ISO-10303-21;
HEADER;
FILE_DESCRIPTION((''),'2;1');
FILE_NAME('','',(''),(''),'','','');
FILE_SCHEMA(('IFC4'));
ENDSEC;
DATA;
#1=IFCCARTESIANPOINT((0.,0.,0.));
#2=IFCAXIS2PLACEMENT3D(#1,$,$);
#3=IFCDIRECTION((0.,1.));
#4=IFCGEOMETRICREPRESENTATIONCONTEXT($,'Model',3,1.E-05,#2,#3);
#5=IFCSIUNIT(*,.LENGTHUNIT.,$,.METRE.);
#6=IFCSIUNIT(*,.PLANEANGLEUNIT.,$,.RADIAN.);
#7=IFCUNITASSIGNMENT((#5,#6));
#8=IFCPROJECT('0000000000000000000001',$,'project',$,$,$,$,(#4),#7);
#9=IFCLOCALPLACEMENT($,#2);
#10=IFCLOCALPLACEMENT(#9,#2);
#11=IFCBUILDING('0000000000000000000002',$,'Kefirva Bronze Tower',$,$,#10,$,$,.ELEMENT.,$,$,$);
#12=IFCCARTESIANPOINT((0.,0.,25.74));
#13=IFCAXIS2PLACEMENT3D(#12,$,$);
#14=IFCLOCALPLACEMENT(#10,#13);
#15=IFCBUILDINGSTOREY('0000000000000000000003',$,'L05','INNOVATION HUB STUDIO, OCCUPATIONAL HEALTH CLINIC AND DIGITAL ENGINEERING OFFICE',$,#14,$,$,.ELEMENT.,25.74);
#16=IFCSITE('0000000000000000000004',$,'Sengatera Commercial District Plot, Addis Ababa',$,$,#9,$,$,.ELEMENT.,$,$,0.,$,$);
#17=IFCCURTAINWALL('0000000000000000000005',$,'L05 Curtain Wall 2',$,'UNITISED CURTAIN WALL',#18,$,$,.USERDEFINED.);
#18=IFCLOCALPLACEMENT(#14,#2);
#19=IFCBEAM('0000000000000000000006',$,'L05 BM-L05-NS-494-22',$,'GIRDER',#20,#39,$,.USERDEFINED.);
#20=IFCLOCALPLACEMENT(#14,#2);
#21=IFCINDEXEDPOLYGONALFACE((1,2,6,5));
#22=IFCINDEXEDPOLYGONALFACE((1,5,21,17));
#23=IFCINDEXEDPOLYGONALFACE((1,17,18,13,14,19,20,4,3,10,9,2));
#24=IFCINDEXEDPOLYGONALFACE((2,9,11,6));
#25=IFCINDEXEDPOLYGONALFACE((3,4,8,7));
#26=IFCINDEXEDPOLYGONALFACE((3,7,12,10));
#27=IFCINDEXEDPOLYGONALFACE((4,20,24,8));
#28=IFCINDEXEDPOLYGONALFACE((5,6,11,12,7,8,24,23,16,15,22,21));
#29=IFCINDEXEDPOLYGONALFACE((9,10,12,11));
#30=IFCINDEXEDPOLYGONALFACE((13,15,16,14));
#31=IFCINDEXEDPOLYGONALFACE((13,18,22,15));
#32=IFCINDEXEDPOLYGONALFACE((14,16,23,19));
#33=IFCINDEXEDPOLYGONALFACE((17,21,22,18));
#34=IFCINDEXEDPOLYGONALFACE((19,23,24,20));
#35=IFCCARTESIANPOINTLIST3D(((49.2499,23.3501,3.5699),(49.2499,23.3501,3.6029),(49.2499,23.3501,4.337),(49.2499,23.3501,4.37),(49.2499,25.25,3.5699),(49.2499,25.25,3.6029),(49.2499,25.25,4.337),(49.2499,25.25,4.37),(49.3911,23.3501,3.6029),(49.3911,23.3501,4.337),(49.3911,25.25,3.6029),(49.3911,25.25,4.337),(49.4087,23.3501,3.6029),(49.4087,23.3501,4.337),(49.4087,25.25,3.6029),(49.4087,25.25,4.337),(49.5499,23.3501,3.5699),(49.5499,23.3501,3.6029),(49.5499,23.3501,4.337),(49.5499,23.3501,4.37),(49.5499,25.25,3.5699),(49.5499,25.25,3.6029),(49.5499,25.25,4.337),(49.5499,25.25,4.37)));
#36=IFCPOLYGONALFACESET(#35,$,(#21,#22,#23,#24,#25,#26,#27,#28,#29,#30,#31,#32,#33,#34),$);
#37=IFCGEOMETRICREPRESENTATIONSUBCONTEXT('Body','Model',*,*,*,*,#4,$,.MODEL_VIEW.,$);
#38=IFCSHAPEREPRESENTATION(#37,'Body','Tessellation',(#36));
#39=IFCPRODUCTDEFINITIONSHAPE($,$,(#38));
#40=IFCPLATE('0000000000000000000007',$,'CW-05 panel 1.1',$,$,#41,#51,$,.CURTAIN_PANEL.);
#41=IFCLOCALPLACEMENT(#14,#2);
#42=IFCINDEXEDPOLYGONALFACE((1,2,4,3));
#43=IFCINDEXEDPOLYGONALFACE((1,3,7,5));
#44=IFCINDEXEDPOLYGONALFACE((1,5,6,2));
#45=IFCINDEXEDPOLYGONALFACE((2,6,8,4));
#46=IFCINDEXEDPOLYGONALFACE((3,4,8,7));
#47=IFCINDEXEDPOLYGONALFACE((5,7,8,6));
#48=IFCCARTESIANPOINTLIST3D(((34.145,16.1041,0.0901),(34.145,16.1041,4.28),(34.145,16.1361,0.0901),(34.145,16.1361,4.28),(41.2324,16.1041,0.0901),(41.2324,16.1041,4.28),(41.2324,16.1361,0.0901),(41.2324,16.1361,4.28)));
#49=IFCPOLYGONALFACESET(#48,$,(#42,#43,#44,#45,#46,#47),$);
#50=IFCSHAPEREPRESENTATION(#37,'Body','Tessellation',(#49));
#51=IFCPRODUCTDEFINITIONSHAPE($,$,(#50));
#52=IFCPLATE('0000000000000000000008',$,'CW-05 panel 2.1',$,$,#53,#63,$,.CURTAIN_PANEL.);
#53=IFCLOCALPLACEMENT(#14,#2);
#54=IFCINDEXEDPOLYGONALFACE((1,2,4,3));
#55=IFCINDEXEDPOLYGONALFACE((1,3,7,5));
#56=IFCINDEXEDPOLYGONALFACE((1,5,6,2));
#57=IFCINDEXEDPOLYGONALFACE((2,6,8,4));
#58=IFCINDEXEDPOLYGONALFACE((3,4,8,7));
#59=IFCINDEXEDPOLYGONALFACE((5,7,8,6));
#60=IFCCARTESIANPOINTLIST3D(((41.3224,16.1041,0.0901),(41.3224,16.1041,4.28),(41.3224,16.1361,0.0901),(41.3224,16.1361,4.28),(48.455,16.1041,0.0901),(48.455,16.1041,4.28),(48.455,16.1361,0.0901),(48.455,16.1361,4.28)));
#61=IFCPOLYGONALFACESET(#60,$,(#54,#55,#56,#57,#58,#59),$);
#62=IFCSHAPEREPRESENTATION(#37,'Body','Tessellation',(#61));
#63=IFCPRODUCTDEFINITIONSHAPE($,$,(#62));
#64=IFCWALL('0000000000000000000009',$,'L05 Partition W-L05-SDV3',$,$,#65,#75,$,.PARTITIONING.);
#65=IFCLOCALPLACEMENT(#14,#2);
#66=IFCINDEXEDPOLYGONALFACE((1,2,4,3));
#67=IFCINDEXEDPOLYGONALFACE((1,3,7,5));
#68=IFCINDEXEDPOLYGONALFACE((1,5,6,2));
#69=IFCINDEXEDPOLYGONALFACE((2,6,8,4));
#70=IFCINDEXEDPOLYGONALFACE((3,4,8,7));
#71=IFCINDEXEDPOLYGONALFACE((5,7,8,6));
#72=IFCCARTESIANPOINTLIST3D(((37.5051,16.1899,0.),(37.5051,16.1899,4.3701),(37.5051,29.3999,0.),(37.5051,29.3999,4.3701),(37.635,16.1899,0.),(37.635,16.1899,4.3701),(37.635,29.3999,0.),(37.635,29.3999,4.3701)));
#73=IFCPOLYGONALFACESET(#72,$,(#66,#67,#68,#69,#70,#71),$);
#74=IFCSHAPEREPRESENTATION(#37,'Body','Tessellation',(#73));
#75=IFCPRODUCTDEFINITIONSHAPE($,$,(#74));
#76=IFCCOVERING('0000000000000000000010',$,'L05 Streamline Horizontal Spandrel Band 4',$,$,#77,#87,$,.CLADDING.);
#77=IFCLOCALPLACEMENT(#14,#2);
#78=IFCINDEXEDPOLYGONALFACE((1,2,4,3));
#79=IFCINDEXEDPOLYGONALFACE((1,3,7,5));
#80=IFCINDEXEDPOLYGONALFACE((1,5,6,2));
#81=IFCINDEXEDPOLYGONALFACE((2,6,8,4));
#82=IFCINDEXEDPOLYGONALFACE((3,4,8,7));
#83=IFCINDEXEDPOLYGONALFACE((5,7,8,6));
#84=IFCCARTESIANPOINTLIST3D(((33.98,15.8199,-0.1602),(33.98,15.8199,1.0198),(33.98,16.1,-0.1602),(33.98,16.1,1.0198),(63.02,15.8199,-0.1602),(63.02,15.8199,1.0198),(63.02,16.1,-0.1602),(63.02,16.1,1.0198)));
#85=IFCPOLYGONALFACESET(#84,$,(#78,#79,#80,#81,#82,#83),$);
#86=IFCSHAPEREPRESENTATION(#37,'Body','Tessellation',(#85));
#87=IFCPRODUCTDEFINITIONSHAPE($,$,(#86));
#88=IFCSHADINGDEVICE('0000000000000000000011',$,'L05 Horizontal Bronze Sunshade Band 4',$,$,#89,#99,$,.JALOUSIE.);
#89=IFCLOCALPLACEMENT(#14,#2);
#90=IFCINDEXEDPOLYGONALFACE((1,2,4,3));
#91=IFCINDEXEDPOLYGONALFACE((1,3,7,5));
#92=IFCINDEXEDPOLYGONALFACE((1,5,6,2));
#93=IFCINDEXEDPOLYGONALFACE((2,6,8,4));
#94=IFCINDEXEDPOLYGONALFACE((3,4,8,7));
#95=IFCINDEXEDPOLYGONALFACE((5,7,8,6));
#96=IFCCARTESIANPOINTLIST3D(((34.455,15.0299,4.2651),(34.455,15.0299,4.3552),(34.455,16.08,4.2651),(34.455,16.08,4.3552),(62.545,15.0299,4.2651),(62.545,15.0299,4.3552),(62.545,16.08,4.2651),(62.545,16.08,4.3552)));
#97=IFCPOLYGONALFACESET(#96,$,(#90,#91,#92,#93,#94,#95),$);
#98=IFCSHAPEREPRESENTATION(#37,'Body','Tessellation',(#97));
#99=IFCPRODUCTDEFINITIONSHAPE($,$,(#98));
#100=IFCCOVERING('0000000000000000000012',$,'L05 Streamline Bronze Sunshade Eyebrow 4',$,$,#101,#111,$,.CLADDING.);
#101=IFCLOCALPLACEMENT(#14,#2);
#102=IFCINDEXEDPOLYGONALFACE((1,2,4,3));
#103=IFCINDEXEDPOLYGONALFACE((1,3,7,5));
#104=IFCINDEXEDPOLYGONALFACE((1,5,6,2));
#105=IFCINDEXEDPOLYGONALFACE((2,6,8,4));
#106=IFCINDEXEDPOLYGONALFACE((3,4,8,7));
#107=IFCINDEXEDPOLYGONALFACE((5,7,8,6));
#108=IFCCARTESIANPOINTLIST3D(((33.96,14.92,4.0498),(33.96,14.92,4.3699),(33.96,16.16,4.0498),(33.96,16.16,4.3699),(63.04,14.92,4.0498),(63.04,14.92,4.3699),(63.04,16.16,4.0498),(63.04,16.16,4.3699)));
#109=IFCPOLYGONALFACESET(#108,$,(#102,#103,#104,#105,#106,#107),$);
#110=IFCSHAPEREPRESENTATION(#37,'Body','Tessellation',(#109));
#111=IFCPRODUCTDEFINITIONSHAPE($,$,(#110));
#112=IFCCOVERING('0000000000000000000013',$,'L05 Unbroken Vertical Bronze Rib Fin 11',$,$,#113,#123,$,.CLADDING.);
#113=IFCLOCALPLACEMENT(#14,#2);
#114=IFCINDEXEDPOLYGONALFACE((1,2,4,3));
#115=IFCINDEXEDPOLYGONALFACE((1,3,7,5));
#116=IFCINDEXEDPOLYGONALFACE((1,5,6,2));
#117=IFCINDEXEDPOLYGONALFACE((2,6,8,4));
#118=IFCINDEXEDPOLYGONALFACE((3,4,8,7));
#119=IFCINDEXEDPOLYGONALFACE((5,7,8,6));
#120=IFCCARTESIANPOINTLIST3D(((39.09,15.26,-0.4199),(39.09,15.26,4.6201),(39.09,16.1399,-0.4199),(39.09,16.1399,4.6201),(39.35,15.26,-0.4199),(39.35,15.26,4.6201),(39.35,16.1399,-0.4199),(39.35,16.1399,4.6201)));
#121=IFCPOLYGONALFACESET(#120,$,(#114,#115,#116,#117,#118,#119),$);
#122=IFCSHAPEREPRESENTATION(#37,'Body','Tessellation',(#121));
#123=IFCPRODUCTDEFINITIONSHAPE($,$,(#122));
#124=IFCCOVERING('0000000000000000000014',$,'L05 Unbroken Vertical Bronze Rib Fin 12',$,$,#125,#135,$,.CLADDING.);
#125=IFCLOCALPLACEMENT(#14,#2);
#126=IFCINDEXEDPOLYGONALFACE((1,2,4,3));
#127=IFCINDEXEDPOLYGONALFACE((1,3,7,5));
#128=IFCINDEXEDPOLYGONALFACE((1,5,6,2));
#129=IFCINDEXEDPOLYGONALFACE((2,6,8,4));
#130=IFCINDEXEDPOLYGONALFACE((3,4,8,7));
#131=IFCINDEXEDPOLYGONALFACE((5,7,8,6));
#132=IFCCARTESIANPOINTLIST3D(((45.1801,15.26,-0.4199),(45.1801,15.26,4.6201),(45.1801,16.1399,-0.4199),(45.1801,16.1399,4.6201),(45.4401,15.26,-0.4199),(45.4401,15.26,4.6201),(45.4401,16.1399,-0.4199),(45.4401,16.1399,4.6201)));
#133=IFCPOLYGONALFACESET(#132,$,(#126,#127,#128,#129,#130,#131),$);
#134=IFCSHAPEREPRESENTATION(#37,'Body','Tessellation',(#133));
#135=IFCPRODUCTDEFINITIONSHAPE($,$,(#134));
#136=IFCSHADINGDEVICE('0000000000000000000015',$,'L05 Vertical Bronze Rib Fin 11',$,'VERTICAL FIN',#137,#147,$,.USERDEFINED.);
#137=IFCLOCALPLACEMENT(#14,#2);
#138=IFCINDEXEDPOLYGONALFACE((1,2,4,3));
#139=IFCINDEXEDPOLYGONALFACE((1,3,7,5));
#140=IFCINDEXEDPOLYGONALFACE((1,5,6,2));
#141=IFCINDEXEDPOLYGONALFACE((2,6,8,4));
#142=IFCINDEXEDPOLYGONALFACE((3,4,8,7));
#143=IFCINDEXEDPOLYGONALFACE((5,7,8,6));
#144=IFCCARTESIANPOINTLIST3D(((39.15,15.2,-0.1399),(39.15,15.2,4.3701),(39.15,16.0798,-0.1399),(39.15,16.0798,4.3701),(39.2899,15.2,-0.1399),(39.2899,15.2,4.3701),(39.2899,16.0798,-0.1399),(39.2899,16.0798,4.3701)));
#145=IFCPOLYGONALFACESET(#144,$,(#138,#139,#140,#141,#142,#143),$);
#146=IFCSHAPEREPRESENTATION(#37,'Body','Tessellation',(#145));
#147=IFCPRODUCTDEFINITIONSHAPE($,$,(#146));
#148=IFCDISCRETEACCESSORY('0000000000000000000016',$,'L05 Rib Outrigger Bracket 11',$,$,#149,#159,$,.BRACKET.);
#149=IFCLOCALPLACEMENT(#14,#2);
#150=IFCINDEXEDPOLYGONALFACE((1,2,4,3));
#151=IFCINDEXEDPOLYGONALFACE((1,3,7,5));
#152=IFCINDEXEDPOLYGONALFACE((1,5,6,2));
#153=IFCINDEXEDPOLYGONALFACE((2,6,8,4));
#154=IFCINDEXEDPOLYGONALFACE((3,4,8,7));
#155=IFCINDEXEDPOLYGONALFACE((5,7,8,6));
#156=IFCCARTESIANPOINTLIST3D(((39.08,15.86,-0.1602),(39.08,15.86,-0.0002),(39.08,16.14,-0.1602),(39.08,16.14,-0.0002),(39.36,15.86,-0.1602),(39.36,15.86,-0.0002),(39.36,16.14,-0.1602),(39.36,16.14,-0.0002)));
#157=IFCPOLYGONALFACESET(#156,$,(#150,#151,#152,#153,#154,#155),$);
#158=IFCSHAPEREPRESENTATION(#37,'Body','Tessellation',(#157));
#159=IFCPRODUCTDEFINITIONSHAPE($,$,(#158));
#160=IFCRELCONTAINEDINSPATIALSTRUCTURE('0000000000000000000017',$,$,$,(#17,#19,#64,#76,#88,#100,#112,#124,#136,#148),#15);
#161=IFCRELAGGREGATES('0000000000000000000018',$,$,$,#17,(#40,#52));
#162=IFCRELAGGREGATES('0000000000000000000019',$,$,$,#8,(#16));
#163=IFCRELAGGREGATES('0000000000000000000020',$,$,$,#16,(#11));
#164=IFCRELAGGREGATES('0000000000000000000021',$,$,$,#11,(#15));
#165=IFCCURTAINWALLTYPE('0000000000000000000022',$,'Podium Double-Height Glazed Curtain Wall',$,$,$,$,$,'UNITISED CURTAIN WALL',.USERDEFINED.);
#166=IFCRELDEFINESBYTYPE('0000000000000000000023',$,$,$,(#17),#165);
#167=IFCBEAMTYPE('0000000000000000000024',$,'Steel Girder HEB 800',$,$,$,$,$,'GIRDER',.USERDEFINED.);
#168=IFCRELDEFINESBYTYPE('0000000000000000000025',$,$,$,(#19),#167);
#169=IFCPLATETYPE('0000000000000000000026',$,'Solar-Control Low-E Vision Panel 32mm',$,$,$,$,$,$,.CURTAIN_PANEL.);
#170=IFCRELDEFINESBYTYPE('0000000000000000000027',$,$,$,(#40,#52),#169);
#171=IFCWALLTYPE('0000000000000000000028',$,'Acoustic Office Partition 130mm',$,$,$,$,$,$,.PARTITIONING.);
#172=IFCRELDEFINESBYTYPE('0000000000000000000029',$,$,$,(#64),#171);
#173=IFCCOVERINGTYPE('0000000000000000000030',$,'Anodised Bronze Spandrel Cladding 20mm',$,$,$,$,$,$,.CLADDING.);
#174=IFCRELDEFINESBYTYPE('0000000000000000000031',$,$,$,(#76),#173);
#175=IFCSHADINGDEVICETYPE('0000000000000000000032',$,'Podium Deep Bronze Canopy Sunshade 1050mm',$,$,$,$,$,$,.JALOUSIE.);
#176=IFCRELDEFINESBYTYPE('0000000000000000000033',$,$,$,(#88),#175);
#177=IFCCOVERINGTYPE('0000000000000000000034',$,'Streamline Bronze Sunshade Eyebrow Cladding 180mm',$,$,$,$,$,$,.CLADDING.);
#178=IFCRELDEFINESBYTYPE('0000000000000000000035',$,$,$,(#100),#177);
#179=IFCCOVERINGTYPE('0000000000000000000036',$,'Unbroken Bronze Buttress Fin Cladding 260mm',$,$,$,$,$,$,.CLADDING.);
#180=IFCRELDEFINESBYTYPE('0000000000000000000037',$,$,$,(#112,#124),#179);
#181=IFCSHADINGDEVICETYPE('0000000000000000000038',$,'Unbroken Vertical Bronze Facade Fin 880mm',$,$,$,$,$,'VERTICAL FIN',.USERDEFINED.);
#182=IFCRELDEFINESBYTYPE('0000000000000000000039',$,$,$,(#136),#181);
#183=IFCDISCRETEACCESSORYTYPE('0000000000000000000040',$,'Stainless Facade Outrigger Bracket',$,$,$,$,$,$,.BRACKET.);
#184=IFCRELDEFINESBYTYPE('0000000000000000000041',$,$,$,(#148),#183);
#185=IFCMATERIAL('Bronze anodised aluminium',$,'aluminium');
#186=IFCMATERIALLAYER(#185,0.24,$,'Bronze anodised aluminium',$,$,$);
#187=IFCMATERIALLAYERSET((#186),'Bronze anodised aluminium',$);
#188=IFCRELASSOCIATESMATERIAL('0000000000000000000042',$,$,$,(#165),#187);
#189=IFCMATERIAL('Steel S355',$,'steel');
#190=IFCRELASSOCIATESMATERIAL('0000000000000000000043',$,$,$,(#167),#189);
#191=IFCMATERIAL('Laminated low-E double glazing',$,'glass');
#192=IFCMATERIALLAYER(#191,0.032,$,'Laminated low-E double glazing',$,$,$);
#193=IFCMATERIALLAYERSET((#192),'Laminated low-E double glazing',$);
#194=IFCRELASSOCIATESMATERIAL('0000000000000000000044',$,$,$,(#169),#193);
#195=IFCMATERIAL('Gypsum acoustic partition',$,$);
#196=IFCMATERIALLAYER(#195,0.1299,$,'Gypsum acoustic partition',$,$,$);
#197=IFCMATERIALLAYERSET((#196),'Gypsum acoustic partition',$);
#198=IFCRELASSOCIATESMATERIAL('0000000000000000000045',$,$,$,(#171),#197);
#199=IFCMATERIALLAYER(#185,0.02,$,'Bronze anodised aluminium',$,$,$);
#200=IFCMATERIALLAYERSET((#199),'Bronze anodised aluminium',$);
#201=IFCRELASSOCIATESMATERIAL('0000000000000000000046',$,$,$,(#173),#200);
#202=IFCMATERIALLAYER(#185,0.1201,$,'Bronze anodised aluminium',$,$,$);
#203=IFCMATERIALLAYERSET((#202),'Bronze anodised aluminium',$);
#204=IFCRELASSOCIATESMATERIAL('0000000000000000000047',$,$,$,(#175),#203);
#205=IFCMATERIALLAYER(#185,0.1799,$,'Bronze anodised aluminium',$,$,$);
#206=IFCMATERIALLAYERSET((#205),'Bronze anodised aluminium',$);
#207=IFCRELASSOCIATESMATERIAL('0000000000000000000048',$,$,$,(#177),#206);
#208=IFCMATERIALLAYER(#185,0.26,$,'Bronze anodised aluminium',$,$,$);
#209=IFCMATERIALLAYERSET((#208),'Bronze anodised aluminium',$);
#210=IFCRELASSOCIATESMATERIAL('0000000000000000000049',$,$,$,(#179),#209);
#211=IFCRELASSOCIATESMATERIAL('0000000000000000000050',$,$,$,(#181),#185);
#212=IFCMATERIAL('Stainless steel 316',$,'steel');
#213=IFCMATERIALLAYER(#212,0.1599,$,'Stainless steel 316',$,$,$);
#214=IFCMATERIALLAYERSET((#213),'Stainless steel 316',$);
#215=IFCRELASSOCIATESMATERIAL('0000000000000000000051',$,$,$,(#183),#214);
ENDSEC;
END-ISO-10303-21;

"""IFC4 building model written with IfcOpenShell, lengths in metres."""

from ifc_helpers import new_model, si_unit, direction, frame, frame_2d, origin, origin_2d, place, context, subcontext, project, spatial, rectangle, i_section, extrude, material, layer, layer_set, material_profile, profile_set, type_object, element, aggregate, save


model = new_model("IFC4")

# Units and contexts
model_context = context("Model", 3, precision=1e-05, world=origin(), true_north=direction((0.0, 1.0)))
body_context = subcontext(model_context, "Body", "Model", "MODEL_VIEW")
ifc_project = project(units=[si_unit("LENGTHUNIT", "METRE"), si_unit("PLANEANGLEUNIT", "RADIAN")], contexts=[model_context])

# Site, building, storey
site_placement = place(None, origin())
site = spatial("IfcSite", under=ifc_project, at=site_placement, Name="Sengatera Commercial District Plot, Addis Ababa", CompositionType="ELEMENT", RefElevation=0.0)
building_placement = place(site_placement, origin())
building = spatial("IfcBuilding", under=site, at=building_placement, Name="Kefirva Bronze Tower", CompositionType="ELEMENT")
storey_placement = place(building_placement, frame((0.0, 0.0, 25.74)))
storey = spatial("IfcBuildingStorey", under=building, at=storey_placement, Name="L05", Description="INNOVATION HUB STUDIO, OCCUPATIONAL HEALTH CLINIC AND DIGITAL ENGINEERING OFFICE", CompositionType="ELEMENT", Elevation=25.74)

# Curtain wall
ifc_material_1 = material(Name="Bronze anodised aluminium", Category="aluminium")
ifc_layer_1 = layer(ifc_material_1, 0.24, Name="Bronze anodised aluminium")
ifc_layer_set_1 = layer_set([ifc_layer_1], Name="Bronze anodised aluminium")
curtain_wall_type = type_object("IfcCurtainWallType", Name="Podium Double-Height Glazed Curtain Wall", ElementType="UNITISED CURTAIN WALL", PredefinedType="USERDEFINED", material=ifc_layer_set_1)
curtain_wall_placement = place(storey_placement, origin())
curtain_wall = element("IfcCurtainWall", 1, at=curtain_wall_placement, inside=storey, type_object=curtain_wall_type, Name="L05 Curtain Wall 2", ObjectType="UNITISED CURTAIN WALL", PredefinedType="USERDEFINED")

# Beam
ifc_material_2 = material(Name="Steel S355", Category="steel")
ifc_material_profile_1 = material_profile(ifc_material_2, i_section(OverallWidth=0.3, OverallDepth=0.8, WebThickness=0.0176, FlangeThickness=0.033, at=origin_2d()), Name="HEB 800")
ifc_profile_set_1 = profile_set([ifc_material_profile_1], Name="Steel S355")
beam_type = type_object("IfcBeamType", Name="Steel Girder HEB 800", ElementType="GIRDER", PredefinedType="USERDEFINED", material=ifc_profile_set_1)
beam_1_placement = place(storey_placement, frame((49.3999, 23.3501, 3.97), z_axis=(0.0, 1.0, 0.0), x_axis=(-1.0, 0.0, 0.0)))
element("IfcBeam", 2, at=beam_1_placement, inside=storey, type_object=beam_type, Name="L05 BM-L05-NS-494-22", ObjectType="GIRDER", PredefinedType="USERDEFINED", context=body_context, shape_type="SweptSolid", body=[
    extrude(i_section(OverallWidth=0.3, OverallDepth=0.8, WebThickness=0.0176, FlangeThickness=0.033, at=origin_2d()), origin(), (0.0, 0.0, 1.0), 1.8999),
])

# Plates
ifc_material_3 = material(Name="Laminated low-E double glazing", Category="glass")
ifc_layer_2 = layer(ifc_material_3, 0.032, Name="Laminated low-E double glazing")
ifc_layer_set_2 = layer_set([ifc_layer_2], Name="Laminated low-E double glazing")
plate_type = type_object("IfcPlateType", Name="Solar-Control Low-E Vision Panel 32mm", PredefinedType="CURTAIN_PANEL", material=ifc_layer_set_2)
plate_1_placement = place(storey_placement, frame((37.6887, 16.1201, 0.0901), z_axis=(0.0, 0.0, 1.0), x_axis=(1.0, 0.0, 0.0)))
plate_1 = element("IfcPlate", 3, at=plate_1_placement, type_object=plate_type, Name="CW-05 panel 1.1", PredefinedType="CURTAIN_PANEL", context=body_context, shape_type="SweptSolid", body=[
    extrude(rectangle(XDim=7.0874, YDim=0.032, at=origin_2d()), origin(), (0.0, 0.0, 1.0), 4.1899),
])
plate_2_placement = place(storey_placement, frame((44.8887, 16.1201, 0.0901), z_axis=(0.0, 0.0, 1.0), x_axis=(1.0, 0.0, 0.0)))
plate_2 = element("IfcPlate", 4, at=plate_2_placement, type_object=plate_type, Name="CW-05 panel 2.1", PredefinedType="CURTAIN_PANEL", context=body_context, shape_type="SweptSolid", body=[
    extrude(rectangle(XDim=7.1326, YDim=0.032, at=origin_2d()), origin(), (0.0, 0.0, 1.0), 4.1899),
])
aggregate(curtain_wall, [plate_1, plate_2])

# Wall
ifc_material_4 = material(Name="Gypsum acoustic partition")
ifc_layer_3 = layer(ifc_material_4, 0.1299, Name="Gypsum acoustic partition")
ifc_layer_set_3 = layer_set([ifc_layer_3], Name="Gypsum acoustic partition")
wall_type = type_object("IfcWallType", Name="Acoustic Office Partition 130mm", PredefinedType="PARTITIONING", material=ifc_layer_set_3)
wall_placement = place(storey_placement, frame((37.5701, 16.1899, 0.0), z_axis=(0.0, 0.0, 1.0), x_axis=(0.0, 1.0, 0.0)))
element("IfcWall", 5, at=wall_placement, inside=storey, type_object=wall_type, Name="L05 Partition W-L05-SDV3", PredefinedType="PARTITIONING", context=body_context, shape_type="SweptSolid", body=[
    extrude(rectangle(XDim=13.21, YDim=0.1299, at=frame_2d((6.605, 0.0))), origin(), (0.0, 0.0, 1.0), 4.3701),
])

# Covering
ifc_layer_4 = layer(ifc_material_1, 0.02, Name="Bronze anodised aluminium")
ifc_layer_set_4 = layer_set([ifc_layer_4], Name="Bronze anodised aluminium")
covering_type_1 = type_object("IfcCoveringType", Name="Anodised Bronze Spandrel Cladding 20mm", PredefinedType="CLADDING", material=ifc_layer_set_4)
covering_1_placement = place(storey_placement, frame((48.5, 15.96, -0.1602), z_axis=(0.0, 0.0, 1.0), x_axis=(1.0, 0.0, 0.0)))
element("IfcCovering", 6, at=covering_1_placement, inside=storey, type_object=covering_type_1, Name="L05 Streamline Horizontal Spandrel Band 4", PredefinedType="CLADDING", context=body_context, shape_type="SweptSolid", body=[
    extrude(rectangle(XDim=29.04, YDim=0.28, at=origin_2d()), origin(), (0.0, 0.0, 1.0), 1.1799),
])

# Shading device
ifc_layer_5 = layer(ifc_material_1, 0.1201, Name="Bronze anodised aluminium")
ifc_layer_set_5 = layer_set([ifc_layer_5], Name="Bronze anodised aluminium")
shading_device_type_1 = type_object("IfcShadingDeviceType", Name="Podium Deep Bronze Canopy Sunshade 1050mm", PredefinedType="JALOUSIE", material=ifc_layer_set_5)
shading_device_1_placement = place(storey_placement, frame((48.5, 15.5549, 4.2651), z_axis=(0.0, 0.0, 1.0), x_axis=(1.0, 0.0, 0.0)))
element("IfcShadingDevice", 7, at=shading_device_1_placement, inside=storey, type_object=shading_device_type_1, Name="L05 Horizontal Bronze Sunshade Band 4", PredefinedType="JALOUSIE", context=body_context, shape_type="SweptSolid", body=[
    extrude(rectangle(XDim=28.0901, YDim=1.05, at=origin_2d()), origin(), (0.0, 0.0, 1.0), 0.0901),
])

# Coverings
ifc_layer_6 = layer(ifc_material_1, 0.1799, Name="Bronze anodised aluminium")
ifc_layer_set_6 = layer_set([ifc_layer_6], Name="Bronze anodised aluminium")
covering_type_2 = type_object("IfcCoveringType", Name="Streamline Bronze Sunshade Eyebrow Cladding 180mm", PredefinedType="CLADDING", material=ifc_layer_set_6)
covering_2_placement = place(storey_placement, frame((48.5, 15.54, 4.0498), z_axis=(0.0, 0.0, 1.0), x_axis=(1.0, 0.0, 0.0)))
element("IfcCovering", 8, at=covering_2_placement, inside=storey, type_object=covering_type_2, Name="L05 Streamline Bronze Sunshade Eyebrow 4", PredefinedType="CLADDING", context=body_context, shape_type="SweptSolid", body=[
    extrude(rectangle(XDim=29.0801, YDim=1.24, at=origin_2d()), origin(), (0.0, 0.0, 1.0), 0.3201),
])
ifc_layer_7 = layer(ifc_material_1, 0.26, Name="Bronze anodised aluminium")
ifc_layer_set_7 = layer_set([ifc_layer_7], Name="Bronze anodised aluminium")
covering_type_3 = type_object("IfcCoveringType", Name="Unbroken Bronze Buttress Fin Cladding 260mm", PredefinedType="CLADDING", material=ifc_layer_set_7)
for number, where, z_axis, x_axis, name in (
    (9, (39.22, 15.7, -0.4199), (0.0, 0.0, 1.0), (1.0, 0.0, 0.0), "L05 Unbroken Vertical Bronze Rib Fin 11"),
    (10, (45.3101, 15.7, -0.4199), (0.0, 0.0, 1.0), (1.0, 0.0, 0.0), "L05 Unbroken Vertical Bronze Rib Fin 12"),
):
    element("IfcCovering", number, at=place(storey_placement, frame(where, z_axis=z_axis, x_axis=x_axis)), inside=storey, type_object=covering_type_3, Name=name, PredefinedType="CLADDING", context=body_context, shape_type="SweptSolid", body=[
        extrude(rectangle(XDim=0.26, YDim=0.8799, at=origin_2d()), origin(), (0.0, 0.0, 1.0), 5.04),
    ])

# Shading device
ifc_material_profile_2 = material_profile(ifc_material_1, rectangle(XDim=0.1399, YDim=0.8799, at=origin_2d()), Name="BRONZE FIN 140x880")
ifc_profile_set_2 = profile_set([ifc_material_profile_2], Name="Bronze anodised aluminium")
shading_device_type_2 = type_object("IfcShadingDeviceType", Name="Unbroken Vertical Bronze Facade Fin 880mm", ElementType="VERTICAL FIN", PredefinedType="USERDEFINED", material=ifc_profile_set_2)
shading_device_2_placement = place(storey_placement, frame((39.22, 15.6399, -0.1399), z_axis=(0.0, 0.0, 1.0), x_axis=(1.0, 0.0, 0.0)))
element("IfcShadingDevice", 11, at=shading_device_2_placement, inside=storey, type_object=shading_device_type_2, Name="L05 Vertical Bronze Rib Fin 11", ObjectType="VERTICAL FIN", PredefinedType="USERDEFINED", context=body_context, shape_type="SweptSolid", body=[
    extrude(rectangle(XDim=0.1399, YDim=0.8799, at=origin_2d()), origin(), (0.0, 0.0, 1.0), 4.51),
])

# Discrete accessory
ifc_material_5 = material(Name="Stainless steel 316", Category="steel")
ifc_layer_8 = layer(ifc_material_5, 0.1599, Name="Stainless steel 316")
ifc_layer_set_8 = layer_set([ifc_layer_8], Name="Stainless steel 316")
discrete_accessory_type = type_object("IfcDiscreteAccessoryType", Name="Stainless Facade Outrigger Bracket", PredefinedType="BRACKET", material=ifc_layer_set_8)
discrete_accessory_placement = place(storey_placement, frame((39.22, 16.0, -0.1602), z_axis=(0.0, 0.0, 1.0), x_axis=(1.0, 0.0, 0.0)))
element("IfcDiscreteAccessory", 12, at=discrete_accessory_placement, inside=storey, type_object=discrete_accessory_type, Name="L05 Rib Outrigger Bracket 11", PredefinedType="BRACKET", context=body_context, shape_type="SweptSolid", body=[
    extrude(rectangle(XDim=0.28, YDim=0.28, at=origin_2d()), origin(), (0.0, 0.0, 1.0), 0.1599),
])

save(model, "model.ifc")
